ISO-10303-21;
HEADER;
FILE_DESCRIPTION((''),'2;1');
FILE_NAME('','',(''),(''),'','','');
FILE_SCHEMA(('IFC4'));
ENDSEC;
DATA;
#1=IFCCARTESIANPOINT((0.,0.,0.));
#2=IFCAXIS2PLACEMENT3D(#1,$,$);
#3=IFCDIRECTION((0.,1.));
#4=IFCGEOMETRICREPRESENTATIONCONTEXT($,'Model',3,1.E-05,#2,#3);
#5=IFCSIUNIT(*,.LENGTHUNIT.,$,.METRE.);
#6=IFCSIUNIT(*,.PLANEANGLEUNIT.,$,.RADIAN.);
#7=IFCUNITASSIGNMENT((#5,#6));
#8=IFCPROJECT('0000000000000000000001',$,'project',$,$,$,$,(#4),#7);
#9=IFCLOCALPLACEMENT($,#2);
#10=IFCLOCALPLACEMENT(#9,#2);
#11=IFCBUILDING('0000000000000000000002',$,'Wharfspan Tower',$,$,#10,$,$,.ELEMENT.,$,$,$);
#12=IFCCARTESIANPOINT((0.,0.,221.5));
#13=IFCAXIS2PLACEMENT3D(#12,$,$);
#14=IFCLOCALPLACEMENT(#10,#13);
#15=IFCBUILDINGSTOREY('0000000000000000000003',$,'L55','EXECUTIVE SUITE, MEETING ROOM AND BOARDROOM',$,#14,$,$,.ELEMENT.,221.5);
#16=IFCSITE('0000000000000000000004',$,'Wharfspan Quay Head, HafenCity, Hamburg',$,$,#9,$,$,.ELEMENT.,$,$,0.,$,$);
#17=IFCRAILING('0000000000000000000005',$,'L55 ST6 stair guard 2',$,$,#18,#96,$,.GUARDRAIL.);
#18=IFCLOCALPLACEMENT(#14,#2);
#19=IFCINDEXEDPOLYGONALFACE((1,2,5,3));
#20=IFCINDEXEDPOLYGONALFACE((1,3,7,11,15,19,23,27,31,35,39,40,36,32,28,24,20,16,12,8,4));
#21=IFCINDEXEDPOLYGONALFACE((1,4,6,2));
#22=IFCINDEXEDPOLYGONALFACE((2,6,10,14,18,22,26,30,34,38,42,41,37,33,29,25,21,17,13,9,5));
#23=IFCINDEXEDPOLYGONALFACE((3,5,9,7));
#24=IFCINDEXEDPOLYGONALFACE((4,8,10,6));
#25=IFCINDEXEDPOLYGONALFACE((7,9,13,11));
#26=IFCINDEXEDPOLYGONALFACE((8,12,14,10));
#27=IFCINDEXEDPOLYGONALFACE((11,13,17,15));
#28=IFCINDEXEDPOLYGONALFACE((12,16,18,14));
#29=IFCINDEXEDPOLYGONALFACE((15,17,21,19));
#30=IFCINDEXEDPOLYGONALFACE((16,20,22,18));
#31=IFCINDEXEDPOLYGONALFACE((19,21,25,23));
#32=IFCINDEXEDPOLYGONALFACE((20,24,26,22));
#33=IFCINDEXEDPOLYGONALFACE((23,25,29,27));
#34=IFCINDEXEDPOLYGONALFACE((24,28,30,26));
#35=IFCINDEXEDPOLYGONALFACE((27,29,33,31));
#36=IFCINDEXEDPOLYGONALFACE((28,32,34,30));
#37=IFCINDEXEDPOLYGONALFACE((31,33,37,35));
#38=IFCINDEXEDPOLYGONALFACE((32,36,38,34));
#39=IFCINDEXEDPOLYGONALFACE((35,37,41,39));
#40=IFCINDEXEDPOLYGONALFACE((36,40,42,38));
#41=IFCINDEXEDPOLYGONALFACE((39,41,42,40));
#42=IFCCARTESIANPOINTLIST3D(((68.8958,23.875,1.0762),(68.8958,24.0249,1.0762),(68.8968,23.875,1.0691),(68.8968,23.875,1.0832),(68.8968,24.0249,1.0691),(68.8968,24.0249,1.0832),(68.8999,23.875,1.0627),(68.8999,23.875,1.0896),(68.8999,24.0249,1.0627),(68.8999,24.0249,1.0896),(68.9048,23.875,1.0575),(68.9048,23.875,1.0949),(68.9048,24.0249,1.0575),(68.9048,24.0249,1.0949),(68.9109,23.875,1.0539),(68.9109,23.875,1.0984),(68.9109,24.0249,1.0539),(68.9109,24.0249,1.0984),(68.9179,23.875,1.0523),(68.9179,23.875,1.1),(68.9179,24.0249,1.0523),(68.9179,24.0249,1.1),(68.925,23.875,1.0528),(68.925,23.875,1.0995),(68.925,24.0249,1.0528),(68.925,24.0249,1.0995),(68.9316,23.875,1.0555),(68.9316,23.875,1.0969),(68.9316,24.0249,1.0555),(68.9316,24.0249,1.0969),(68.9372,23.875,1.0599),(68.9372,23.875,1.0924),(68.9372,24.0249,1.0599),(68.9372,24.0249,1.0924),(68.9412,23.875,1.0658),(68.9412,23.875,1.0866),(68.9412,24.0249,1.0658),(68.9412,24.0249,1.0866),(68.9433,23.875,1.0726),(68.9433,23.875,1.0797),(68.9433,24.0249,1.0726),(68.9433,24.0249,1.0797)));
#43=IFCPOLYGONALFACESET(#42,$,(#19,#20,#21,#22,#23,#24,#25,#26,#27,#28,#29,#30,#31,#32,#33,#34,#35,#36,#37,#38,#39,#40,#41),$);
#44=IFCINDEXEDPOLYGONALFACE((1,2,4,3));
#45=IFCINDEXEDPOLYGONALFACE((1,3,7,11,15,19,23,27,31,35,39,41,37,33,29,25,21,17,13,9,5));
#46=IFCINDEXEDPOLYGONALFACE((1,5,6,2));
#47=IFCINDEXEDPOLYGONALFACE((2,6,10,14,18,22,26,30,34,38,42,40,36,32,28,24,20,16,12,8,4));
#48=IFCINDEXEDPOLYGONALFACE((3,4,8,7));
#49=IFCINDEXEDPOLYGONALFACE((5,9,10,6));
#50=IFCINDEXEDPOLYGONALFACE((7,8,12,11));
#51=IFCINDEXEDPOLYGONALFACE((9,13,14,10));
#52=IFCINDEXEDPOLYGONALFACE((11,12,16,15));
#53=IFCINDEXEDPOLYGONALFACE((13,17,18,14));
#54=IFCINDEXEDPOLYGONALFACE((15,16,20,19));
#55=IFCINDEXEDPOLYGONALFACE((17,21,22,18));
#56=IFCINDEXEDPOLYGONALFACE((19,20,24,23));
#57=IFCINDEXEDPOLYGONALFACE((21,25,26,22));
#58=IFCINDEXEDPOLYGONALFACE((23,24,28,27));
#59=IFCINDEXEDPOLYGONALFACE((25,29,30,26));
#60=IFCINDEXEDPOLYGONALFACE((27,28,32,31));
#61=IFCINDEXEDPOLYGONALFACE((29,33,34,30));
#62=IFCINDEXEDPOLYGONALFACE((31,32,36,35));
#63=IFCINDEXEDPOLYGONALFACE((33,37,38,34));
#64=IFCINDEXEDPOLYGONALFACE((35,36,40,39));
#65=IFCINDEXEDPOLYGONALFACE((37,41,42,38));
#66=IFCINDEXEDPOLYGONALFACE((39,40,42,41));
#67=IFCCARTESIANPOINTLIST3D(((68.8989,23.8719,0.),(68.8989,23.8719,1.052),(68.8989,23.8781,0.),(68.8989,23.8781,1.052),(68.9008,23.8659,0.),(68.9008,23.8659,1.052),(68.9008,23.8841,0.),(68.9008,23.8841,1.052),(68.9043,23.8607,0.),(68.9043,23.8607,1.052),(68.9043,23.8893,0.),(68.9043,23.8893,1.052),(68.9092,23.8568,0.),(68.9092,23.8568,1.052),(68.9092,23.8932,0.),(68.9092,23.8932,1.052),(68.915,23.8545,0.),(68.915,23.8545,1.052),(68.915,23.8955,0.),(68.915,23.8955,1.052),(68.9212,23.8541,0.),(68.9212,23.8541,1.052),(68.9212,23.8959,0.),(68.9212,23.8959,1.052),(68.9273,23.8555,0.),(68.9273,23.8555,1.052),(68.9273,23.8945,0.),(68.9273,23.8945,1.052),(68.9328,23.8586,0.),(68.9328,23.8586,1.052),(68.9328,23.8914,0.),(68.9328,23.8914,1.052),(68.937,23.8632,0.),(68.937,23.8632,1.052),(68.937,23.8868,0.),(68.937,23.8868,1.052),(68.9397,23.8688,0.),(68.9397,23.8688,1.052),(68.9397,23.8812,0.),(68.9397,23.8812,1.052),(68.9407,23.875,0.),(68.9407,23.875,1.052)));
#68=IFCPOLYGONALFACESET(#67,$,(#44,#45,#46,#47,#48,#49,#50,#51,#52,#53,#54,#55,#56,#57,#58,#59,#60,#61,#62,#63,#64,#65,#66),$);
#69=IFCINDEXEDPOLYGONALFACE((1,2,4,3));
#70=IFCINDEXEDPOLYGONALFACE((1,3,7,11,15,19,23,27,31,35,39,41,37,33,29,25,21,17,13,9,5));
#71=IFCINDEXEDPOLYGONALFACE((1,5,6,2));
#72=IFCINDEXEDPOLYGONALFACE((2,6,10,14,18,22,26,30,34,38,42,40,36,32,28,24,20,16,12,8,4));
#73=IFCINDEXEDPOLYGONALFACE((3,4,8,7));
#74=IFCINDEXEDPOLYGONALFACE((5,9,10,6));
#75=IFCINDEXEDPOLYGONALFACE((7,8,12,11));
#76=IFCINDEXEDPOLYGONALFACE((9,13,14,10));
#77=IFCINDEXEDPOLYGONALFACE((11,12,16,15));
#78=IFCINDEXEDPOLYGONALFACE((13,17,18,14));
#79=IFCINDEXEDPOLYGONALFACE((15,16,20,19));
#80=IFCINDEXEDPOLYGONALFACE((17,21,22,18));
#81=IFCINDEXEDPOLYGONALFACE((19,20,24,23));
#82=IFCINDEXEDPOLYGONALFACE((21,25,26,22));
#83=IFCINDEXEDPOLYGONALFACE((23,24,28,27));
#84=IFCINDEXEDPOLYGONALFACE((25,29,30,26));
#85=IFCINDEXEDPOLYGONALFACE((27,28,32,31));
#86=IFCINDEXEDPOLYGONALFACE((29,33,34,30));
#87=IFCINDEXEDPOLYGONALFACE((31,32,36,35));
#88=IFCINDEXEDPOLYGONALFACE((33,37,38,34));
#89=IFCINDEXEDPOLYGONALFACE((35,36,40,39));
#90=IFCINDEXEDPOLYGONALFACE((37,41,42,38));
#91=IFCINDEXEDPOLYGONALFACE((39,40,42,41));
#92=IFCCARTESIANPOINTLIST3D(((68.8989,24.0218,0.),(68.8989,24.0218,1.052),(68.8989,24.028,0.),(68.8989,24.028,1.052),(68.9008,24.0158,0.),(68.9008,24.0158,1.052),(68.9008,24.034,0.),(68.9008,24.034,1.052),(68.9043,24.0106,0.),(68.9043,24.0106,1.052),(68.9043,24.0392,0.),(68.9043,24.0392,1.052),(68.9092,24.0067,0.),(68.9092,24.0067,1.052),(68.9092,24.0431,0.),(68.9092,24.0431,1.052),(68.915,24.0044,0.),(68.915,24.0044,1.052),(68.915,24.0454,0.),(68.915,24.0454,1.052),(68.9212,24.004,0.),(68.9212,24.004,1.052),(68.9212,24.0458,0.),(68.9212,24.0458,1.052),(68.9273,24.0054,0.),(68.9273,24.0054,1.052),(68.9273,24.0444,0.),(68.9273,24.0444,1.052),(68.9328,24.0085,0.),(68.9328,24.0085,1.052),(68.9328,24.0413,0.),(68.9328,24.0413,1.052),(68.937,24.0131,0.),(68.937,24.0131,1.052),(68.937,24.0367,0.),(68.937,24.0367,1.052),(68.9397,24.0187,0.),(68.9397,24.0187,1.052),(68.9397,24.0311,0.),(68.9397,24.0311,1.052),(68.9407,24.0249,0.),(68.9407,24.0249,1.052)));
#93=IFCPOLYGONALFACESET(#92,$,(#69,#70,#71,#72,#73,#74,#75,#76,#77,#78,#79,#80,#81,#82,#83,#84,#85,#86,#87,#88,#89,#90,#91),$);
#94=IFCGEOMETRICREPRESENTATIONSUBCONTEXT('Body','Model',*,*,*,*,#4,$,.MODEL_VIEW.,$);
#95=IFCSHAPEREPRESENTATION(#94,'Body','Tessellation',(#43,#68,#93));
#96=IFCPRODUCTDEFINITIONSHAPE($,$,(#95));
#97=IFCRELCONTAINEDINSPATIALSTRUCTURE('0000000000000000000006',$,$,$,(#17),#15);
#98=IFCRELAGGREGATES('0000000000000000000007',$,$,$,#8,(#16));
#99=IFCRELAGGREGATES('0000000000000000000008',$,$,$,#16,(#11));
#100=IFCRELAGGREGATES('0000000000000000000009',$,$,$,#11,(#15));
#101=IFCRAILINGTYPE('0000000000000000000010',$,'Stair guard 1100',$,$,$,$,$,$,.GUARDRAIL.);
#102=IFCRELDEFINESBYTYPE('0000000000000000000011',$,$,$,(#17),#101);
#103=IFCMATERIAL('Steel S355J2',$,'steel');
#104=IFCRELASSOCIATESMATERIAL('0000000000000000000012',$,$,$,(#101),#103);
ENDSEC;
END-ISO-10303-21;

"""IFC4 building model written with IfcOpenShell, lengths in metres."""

from ifc_helpers import new_model, si_unit, direction, frame, origin, origin_2d, place, context, subcontext, project, spatial, circle, extrude, material, type_object, element, save


model = new_model("IFC4")

# Units and contexts
model_context = context("Model", 3, precision=1e-05, world=origin(), true_north=direction((0.0, 1.0)))
body_context = subcontext(model_context, "Body", "Model", "MODEL_VIEW")
ifc_project = project(units=[si_unit("LENGTHUNIT", "METRE"), si_unit("PLANEANGLEUNIT", "RADIAN")], contexts=[model_context])

# Site, building, storey
site_placement = place(None, origin())
site = spatial("IfcSite", under=ifc_project, at=site_placement, Name="Wharfspan Quay Head, HafenCity, Hamburg", CompositionType="ELEMENT", RefElevation=0.0)
building_placement = place(site_placement, origin())
building = spatial("IfcBuilding", under=site, at=building_placement, Name="Wharfspan Tower", CompositionType="ELEMENT")
storey_placement = place(building_placement, frame((0.0, 0.0, 221.5)))
storey = spatial("IfcBuildingStorey", under=building, at=storey_placement, Name="L55", Description="EXECUTIVE SUITE, MEETING ROOM AND BOARDROOM", CompositionType="ELEMENT", Elevation=221.5)

# Railing
ifc_material_1 = material(Name="Steel S355J2", Category="steel")
railing_type_1 = type_object("IfcRailingType", Name="Stair guard 1100", PredefinedType="GUARDRAIL", material=ifc_material_1)
railing_1_placement = place(storey_placement, frame((68.9197, 23.875, 0.0)))
element("IfcRailing", 1, at=railing_1_placement, inside=storey, type_object=railing_type_1, Name="L55 ST6 stair guard 2", PredefinedType="GUARDRAIL", context=body_context, shape_type="SweptSolid", body=[
    extrude(circle(Radius=0.0239, at=origin_2d()), frame((0.0, 0.0, 1.0762), z_axis=(0.0, 1.0, 0.0), x_axis=(-1.0, 0.0, 0.0)), (0.0, 0.0, 1.0), 0.1499),
    extrude(circle(Radius=0.021, at=origin_2d()), origin(), (0.0, 0.0, 1.0), 1.052),
    extrude(circle(Radius=0.021, at=origin_2d()), frame((0.0, 0.1499, 0.0)), (0.0, 0.0, 1.0), 1.052),
])

save(model, "model.ifc")
